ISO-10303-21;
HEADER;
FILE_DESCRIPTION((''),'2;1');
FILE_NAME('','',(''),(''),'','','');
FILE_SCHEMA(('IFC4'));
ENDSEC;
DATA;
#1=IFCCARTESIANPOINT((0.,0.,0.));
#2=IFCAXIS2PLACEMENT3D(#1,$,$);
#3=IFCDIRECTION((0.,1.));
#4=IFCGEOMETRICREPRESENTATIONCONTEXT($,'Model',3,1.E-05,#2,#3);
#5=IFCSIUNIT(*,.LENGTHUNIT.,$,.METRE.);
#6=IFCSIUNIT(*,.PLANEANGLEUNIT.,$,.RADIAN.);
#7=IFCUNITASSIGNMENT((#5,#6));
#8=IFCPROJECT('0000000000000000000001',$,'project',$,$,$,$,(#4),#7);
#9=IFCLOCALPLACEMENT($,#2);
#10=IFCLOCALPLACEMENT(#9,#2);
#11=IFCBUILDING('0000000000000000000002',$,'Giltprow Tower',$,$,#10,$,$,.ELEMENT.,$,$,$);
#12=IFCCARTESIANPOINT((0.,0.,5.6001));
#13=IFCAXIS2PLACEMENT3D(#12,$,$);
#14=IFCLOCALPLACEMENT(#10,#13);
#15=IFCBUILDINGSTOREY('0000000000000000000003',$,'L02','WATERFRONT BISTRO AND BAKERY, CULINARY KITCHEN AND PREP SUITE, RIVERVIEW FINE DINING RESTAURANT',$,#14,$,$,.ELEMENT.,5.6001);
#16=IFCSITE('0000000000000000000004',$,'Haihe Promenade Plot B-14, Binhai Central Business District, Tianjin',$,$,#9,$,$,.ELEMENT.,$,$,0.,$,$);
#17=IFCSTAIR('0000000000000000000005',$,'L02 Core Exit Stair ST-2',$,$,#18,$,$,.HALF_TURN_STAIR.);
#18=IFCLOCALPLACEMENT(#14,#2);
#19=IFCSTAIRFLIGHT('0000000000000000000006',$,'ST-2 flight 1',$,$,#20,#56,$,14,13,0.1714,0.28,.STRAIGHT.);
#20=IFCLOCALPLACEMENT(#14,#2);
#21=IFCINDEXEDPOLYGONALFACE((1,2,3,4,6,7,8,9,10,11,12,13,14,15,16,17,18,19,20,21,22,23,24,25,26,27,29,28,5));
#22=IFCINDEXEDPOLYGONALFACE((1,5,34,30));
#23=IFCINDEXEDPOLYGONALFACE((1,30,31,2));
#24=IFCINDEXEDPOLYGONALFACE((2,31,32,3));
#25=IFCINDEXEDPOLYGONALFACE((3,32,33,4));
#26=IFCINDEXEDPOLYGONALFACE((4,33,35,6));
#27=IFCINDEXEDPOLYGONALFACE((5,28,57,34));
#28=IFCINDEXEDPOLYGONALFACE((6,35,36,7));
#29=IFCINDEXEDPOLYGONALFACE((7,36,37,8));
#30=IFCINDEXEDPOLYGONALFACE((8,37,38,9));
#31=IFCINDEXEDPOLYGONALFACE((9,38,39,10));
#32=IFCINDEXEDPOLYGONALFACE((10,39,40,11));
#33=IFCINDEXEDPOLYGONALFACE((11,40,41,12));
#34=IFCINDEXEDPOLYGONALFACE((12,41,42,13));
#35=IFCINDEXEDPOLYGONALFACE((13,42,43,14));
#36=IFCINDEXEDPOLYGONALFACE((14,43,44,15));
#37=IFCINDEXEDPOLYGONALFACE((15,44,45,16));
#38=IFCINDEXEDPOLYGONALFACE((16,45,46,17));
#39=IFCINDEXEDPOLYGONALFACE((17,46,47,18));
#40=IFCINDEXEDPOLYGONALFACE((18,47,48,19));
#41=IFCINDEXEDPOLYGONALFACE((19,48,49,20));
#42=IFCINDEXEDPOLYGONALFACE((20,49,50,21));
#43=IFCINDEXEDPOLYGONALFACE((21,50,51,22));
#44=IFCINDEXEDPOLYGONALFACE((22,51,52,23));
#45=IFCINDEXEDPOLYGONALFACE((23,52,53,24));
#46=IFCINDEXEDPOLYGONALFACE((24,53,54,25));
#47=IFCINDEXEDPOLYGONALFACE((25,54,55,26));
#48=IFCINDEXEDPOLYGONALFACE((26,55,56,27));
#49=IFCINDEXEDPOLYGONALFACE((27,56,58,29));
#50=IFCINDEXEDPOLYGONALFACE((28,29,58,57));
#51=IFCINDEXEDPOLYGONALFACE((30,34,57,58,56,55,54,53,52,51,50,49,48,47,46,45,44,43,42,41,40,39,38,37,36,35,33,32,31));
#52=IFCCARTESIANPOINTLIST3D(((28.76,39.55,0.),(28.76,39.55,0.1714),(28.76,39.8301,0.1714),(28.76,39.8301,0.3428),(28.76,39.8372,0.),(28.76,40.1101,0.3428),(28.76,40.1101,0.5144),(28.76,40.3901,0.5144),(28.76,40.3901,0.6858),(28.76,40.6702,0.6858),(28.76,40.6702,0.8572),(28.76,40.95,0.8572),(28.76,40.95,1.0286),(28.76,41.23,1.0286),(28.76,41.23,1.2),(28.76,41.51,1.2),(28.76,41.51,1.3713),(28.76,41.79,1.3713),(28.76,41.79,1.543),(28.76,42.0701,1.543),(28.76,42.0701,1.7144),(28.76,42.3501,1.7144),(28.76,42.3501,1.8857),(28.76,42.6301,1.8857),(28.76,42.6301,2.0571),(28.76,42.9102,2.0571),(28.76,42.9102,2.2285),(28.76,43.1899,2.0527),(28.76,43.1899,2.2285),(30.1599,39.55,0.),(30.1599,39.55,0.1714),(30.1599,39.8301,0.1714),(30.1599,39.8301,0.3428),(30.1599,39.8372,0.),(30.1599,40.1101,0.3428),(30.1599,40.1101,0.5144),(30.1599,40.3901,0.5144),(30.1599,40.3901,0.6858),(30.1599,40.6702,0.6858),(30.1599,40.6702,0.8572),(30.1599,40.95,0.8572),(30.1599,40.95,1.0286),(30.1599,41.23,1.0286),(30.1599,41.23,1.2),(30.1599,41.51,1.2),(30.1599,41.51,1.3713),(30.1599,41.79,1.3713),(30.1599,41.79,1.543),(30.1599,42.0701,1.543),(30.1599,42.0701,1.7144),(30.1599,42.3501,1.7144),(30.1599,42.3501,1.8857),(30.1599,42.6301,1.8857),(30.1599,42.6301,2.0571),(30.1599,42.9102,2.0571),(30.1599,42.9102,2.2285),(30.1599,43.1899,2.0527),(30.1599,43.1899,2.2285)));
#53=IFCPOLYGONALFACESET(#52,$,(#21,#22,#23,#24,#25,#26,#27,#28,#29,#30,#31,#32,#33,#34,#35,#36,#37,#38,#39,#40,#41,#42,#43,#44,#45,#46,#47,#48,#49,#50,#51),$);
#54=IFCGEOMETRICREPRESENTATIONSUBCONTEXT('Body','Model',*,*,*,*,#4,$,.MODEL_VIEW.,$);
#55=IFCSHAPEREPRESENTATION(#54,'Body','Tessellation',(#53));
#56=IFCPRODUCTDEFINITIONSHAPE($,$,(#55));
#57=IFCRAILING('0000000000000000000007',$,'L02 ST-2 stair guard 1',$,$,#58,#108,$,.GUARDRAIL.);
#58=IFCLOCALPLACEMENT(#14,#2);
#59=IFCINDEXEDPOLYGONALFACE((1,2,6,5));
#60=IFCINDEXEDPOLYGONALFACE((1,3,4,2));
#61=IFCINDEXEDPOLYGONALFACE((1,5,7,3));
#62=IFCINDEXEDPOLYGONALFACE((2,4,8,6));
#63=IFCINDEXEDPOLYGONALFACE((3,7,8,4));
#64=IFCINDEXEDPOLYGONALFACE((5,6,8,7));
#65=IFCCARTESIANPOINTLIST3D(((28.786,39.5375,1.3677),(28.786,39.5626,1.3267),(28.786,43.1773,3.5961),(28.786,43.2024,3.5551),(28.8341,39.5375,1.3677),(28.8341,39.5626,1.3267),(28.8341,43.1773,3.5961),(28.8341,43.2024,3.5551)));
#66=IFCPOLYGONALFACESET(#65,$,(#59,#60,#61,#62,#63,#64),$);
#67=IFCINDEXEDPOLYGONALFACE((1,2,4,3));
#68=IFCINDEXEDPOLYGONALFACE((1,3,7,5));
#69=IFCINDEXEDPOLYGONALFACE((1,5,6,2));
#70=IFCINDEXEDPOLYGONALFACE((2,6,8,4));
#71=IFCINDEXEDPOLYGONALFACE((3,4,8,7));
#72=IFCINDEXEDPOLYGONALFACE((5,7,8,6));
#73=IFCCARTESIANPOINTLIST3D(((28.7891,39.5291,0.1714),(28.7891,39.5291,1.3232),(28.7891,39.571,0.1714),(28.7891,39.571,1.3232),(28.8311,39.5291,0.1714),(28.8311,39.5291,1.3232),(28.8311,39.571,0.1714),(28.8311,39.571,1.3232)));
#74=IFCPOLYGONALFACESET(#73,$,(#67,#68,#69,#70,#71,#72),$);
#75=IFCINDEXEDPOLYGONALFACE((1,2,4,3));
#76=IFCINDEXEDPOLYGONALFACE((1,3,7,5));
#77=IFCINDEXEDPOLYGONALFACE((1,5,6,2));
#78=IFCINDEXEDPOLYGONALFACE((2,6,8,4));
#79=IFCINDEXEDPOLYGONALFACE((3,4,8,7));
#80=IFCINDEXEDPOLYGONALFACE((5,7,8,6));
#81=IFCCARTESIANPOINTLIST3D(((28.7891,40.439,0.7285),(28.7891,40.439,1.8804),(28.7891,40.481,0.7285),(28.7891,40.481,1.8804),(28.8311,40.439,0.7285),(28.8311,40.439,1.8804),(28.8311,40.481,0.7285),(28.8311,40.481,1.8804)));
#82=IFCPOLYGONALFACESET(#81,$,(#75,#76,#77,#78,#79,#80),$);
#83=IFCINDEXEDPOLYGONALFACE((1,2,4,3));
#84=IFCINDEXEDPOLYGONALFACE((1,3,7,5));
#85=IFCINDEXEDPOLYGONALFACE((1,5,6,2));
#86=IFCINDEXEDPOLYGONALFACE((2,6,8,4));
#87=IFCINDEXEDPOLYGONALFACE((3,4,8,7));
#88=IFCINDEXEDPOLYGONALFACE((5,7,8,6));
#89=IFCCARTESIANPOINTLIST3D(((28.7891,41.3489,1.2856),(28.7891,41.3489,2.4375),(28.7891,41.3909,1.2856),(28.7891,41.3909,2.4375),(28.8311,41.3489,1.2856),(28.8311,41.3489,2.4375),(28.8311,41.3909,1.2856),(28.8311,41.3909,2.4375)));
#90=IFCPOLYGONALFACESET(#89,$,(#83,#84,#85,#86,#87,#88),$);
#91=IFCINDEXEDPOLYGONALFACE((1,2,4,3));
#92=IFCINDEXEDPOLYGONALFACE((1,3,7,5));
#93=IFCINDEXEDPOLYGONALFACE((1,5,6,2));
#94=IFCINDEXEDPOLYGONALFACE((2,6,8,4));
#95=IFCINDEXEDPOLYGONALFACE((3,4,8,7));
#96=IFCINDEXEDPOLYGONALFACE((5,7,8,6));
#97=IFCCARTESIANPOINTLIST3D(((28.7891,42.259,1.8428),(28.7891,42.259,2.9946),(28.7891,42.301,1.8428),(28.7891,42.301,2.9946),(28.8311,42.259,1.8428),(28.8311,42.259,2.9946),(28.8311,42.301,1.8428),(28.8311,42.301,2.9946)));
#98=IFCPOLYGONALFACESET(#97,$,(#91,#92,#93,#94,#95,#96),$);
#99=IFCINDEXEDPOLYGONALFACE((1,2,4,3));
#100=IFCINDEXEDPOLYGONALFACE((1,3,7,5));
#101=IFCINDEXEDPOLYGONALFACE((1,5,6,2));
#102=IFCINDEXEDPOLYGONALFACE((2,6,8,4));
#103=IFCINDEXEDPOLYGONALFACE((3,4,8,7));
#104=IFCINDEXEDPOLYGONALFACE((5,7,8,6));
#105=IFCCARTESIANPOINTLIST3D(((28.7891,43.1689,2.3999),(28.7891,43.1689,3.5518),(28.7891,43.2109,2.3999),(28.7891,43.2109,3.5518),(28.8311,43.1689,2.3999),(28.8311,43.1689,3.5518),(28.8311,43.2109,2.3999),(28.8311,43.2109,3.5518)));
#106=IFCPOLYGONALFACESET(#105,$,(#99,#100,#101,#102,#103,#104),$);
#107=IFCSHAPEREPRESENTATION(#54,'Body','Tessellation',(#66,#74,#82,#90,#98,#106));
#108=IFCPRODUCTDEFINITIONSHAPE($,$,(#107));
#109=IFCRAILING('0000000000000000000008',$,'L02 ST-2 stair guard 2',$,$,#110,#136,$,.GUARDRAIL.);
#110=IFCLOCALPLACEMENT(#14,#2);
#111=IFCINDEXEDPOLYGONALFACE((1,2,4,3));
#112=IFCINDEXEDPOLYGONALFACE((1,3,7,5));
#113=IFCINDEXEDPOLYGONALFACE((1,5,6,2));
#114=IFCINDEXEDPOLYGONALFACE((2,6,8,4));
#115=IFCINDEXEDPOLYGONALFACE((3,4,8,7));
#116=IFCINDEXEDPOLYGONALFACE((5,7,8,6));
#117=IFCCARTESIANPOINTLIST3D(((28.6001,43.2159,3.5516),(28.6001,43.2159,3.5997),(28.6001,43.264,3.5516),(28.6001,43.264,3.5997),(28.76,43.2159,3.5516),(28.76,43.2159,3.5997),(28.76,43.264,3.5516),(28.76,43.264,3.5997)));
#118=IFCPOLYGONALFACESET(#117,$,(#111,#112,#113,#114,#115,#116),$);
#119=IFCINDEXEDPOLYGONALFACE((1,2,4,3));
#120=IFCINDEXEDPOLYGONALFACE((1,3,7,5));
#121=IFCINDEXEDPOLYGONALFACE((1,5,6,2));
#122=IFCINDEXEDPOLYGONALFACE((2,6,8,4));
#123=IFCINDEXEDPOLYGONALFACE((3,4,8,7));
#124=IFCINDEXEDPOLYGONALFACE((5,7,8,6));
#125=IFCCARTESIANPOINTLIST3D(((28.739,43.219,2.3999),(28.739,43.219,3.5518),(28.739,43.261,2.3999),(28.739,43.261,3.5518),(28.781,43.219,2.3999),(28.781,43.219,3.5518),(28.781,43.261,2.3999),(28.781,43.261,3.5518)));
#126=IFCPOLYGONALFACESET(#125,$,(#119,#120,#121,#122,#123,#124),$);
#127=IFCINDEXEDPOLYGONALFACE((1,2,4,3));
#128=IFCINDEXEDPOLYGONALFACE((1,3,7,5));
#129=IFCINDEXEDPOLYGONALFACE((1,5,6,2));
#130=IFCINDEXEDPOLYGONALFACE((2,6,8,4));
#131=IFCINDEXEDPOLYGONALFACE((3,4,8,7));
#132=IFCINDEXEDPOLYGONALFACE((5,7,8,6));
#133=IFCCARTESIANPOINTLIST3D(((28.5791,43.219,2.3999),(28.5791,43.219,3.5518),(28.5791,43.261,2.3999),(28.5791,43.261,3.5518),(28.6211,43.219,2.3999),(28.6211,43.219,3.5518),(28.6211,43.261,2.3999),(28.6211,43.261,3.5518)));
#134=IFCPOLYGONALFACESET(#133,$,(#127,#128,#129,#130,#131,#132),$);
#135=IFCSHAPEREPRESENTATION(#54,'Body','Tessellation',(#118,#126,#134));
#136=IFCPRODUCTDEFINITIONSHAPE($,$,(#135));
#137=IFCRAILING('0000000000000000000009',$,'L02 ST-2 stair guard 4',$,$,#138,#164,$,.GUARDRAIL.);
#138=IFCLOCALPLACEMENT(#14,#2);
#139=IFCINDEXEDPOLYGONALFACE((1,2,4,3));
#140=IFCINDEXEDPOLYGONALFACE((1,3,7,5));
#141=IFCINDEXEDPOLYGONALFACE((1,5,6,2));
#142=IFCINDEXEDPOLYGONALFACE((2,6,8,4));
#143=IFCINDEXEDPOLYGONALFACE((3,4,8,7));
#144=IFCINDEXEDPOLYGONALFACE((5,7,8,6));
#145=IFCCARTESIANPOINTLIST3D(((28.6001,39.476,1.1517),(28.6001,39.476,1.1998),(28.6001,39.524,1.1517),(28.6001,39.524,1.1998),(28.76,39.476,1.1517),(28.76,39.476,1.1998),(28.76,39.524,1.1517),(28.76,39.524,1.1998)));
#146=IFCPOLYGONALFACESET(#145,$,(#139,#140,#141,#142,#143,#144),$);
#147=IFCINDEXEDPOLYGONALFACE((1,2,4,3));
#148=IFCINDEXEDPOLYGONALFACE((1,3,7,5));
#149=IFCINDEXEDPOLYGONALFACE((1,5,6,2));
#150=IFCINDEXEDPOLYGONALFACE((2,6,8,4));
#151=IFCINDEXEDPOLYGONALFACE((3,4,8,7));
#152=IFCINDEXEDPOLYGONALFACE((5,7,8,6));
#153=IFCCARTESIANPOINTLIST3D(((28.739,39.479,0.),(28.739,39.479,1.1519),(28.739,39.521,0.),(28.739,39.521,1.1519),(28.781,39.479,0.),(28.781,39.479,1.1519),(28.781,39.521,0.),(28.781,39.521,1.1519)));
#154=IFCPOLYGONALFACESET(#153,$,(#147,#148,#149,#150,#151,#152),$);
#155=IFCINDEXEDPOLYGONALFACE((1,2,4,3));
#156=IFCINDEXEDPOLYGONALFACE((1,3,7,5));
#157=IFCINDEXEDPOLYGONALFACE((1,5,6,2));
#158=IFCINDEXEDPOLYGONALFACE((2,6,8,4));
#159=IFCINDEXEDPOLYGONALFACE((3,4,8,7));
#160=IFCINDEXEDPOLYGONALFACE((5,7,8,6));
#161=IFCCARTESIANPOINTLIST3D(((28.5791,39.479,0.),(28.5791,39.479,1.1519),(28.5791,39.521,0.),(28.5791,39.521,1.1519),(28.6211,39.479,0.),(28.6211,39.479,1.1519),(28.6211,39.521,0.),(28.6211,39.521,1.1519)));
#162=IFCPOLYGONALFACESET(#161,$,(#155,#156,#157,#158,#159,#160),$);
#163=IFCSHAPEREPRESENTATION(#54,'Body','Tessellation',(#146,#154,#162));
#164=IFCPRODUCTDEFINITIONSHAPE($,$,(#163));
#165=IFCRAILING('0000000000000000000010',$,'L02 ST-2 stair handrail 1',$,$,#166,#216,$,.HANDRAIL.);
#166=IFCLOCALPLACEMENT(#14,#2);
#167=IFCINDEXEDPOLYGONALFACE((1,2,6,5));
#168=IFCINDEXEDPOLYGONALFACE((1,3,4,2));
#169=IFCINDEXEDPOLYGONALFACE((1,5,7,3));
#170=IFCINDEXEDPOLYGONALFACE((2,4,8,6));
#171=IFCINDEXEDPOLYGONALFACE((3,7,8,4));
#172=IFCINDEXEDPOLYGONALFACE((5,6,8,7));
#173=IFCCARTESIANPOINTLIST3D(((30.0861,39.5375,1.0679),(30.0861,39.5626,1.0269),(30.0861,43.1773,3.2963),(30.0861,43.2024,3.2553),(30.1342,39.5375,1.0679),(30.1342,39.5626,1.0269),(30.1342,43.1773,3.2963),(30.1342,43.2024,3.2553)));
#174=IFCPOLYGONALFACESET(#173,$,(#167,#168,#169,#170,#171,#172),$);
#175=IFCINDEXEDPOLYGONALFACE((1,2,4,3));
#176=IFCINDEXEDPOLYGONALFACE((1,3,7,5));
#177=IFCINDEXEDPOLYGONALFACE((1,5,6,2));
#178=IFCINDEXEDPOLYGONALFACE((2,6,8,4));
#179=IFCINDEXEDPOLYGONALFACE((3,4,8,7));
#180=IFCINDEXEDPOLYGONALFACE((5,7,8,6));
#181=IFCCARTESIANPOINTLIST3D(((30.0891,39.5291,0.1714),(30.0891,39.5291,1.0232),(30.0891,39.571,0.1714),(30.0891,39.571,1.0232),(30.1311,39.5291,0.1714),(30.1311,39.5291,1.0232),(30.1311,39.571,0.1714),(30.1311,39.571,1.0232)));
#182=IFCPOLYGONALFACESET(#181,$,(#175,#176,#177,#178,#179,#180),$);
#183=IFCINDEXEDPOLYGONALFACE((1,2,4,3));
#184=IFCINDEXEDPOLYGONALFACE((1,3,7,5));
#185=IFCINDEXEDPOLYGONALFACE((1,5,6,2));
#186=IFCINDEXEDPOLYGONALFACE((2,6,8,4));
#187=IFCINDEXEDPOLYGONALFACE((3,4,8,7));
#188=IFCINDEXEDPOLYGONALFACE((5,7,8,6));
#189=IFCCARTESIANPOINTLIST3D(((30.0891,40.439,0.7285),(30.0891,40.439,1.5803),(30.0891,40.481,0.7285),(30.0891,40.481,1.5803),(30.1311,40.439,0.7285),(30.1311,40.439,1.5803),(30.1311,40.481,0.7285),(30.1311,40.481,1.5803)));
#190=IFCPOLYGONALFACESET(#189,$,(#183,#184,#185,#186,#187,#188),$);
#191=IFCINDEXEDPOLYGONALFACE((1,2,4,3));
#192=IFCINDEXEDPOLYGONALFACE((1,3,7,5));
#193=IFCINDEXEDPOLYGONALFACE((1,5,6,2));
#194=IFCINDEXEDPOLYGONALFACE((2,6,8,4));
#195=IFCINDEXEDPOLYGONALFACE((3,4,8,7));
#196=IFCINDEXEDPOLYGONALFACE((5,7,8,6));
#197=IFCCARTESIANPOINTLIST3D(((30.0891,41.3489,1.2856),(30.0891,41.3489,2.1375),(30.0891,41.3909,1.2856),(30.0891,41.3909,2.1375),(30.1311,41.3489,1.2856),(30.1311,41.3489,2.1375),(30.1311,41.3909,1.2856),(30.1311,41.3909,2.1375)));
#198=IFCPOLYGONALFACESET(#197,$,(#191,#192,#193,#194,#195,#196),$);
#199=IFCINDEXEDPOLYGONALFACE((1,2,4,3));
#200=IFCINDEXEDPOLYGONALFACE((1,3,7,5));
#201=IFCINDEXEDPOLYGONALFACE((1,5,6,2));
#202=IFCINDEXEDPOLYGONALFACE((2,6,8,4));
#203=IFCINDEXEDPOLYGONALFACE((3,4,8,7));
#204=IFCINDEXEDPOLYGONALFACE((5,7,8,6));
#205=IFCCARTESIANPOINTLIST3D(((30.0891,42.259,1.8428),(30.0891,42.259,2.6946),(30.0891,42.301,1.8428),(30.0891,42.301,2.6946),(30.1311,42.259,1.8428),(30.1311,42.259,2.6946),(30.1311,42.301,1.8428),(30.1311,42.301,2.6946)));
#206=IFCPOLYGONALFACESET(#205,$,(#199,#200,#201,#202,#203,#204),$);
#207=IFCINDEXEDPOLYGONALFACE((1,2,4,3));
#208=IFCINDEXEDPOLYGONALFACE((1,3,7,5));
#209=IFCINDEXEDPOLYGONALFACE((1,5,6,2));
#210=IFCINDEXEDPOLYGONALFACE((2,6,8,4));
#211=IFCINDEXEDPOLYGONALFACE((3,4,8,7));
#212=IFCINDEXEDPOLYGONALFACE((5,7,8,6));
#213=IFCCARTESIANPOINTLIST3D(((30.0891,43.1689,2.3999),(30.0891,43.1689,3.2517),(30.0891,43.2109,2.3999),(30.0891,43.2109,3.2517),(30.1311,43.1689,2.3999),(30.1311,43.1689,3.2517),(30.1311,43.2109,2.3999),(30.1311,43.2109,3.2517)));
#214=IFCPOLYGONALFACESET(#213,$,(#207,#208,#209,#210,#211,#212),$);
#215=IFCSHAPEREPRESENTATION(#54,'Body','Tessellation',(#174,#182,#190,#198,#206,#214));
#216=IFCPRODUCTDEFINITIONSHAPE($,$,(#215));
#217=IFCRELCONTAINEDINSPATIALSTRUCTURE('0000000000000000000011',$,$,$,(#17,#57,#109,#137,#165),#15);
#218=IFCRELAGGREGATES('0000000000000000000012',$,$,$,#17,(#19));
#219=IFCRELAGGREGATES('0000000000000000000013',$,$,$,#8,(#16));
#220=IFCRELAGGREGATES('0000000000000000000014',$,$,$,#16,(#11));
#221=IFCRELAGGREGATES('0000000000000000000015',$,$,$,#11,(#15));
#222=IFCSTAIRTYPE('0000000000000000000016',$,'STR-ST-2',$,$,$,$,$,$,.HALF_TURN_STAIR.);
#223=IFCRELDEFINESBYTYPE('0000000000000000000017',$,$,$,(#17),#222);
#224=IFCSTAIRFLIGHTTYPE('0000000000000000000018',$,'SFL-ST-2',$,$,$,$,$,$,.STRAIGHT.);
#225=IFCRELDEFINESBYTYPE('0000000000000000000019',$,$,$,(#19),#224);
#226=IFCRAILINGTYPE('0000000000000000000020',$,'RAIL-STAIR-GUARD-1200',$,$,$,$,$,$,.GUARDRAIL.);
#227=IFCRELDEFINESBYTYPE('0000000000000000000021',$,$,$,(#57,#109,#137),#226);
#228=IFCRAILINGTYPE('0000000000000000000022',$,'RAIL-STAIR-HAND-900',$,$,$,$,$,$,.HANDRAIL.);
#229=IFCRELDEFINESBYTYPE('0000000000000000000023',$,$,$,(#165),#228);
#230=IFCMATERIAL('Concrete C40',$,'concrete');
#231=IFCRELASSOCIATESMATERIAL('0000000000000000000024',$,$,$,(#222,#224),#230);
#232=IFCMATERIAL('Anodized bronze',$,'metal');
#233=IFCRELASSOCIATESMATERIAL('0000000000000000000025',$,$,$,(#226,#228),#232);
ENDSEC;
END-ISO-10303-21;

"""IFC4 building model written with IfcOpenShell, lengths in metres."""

from ifc_helpers import new_model, si_unit, direction, frame, origin, origin_2d, place, context, subcontext, project, spatial, polyline, rectangle, outline, extrude, material, type_object, element, aggregate, save


model = new_model("IFC4")

# Units and contexts
model_context = context("Model", 3, precision=1e-05, world=origin(), true_north=direction((0.0, 1.0)))
body_context = subcontext(model_context, "Body", "Model", "MODEL_VIEW")
ifc_project = project(units=[si_unit("LENGTHUNIT", "METRE"), si_unit("PLANEANGLEUNIT", "RADIAN")], contexts=[model_context])

# Site, building, storey
site_placement = place(None, origin())
site = spatial("IfcSite", under=ifc_project, at=site_placement, Name="Haihe Promenade Plot B-14, Binhai Central Business District, Tianjin", CompositionType="ELEMENT", RefElevation=0.0)
building_placement = place(site_placement, origin())
building = spatial("IfcBuilding", under=site, at=building_placement, Name="Giltprow Tower", CompositionType="ELEMENT")
storey_placement = place(building_placement, frame((0.0, 0.0, 5.6001)))
storey = spatial("IfcBuildingStorey", under=building, at=storey_placement, Name="L02", Description="WATERFRONT BISTRO AND BAKERY, CULINARY KITCHEN AND PREP SUITE, RIVERVIEW FINE DINING RESTAURANT", CompositionType="ELEMENT", Elevation=5.6001)

# Shared definitions
ifc_material_1 = material(Name="Concrete C40", Category="concrete")

# Stair, stair flight
stair_type = type_object("IfcStairType", Name="STR-ST-2", PredefinedType="HALF_TURN_STAIR", material=ifc_material_1)
stair_placement = place(storey_placement, origin())
stair = element("IfcStair", 1, at=stair_placement, inside=storey, type_object=stair_type, Name="L02 Core Exit Stair ST-2", PredefinedType="HALF_TURN_STAIR")
stair_flight_type = type_object("IfcStairFlightType", Name="SFL-ST-2", PredefinedType="STRAIGHT", material=ifc_material_1)
stair_flight_placement = place(storey_placement, frame((29.46, 39.55, 0.0), z_axis=(0.0, 0.0, 1.0), x_axis=(0.0, 1.0, 0.0)))
stair_flight = element("IfcStairFlight", 2, at=stair_flight_placement, type_object=stair_flight_type, Name="ST-2 flight 1", NumberOfRisers=14, NumberOfTreads=13, PredefinedType="STRAIGHT", RiserHeight=0.1714, TreadLength=0.28, context=body_context, shape_type="SweptSolid", body=[
    extrude(outline(polyline([(0.0, 0.0), (0.0, 0.1714), (0.28, 0.1714), (0.28, 0.3428), (0.5601, 0.3428), (0.5601, 0.5144), (0.8401, 0.5144), (0.8401, 0.6858), (1.1201, 0.6858), (1.1201, 0.8572), (1.3999, 0.8572), (1.3999, 1.0286), (1.6799, 1.0286), (1.6799, 1.2), (1.96, 1.2), (1.96, 1.3713), (2.24, 1.3713), (2.24, 1.543), (2.52, 1.543), (2.52, 1.7144), (2.8, 1.7144), (2.8, 1.8857), (3.0801, 1.8857), (3.0801, 2.0571), (3.3601, 2.0571), (3.3601, 2.2285), (3.6399, 2.2285), (3.6399, 2.3999), (3.6399, 2.0527), (0.2871, 0.0), (0.0, 0.0)])), frame((0.0, 0.7, 0.0), z_axis=(0.0, -1.0, 0.0), x_axis=(1.0, 0.0, 0.0)), (0.0, 0.0, 1.0), 1.3999),
])
aggregate(stair, [stair_flight])

# Railings
ifc_material_2 = material(Name="Anodized bronze", Category="metal")
railing_type_1 = type_object("IfcRailingType", Name="RAIL-STAIR-GUARD-1200", PredefinedType="GUARDRAIL", material=ifc_material_2)
railing_1_placement = place(storey_placement, frame((28.8101, 39.55, 0.1714)))
element("IfcRailing", 3, at=railing_1_placement, inside=storey, type_object=railing_type_1, Name="L02 ST-2 stair guard 1", PredefinedType="GUARDRAIL", context=body_context, shape_type="SweptSolid", body=[
    extrude(rectangle(XDim=0.0481, YDim=0.0481, at=origin_2d()), frame((0.0, 0.0, 1.1758), z_axis=(0.0, 0.85285, 0.522156), x_axis=(-1.0, 0.0, 0.0)), (0.0, 0.0, 1.0), 4.2678),
    extrude(rectangle(XDim=0.042, YDim=0.042, at=origin_2d()), origin(), (0.0, 0.0, 1.0), 1.1519),
    extrude(rectangle(XDim=0.042, YDim=0.042, at=origin_2d()), frame((0.0, 0.9099, 0.5571)), (0.0, 0.0, 1.0), 1.1519),
    extrude(rectangle(XDim=0.042, YDim=0.042, at=origin_2d()), frame((0.0, 1.8198, 1.1143)), (0.0, 0.0, 1.0), 1.1519),
    extrude(rectangle(XDim=0.042, YDim=0.042, at=origin_2d()), frame((0.0, 2.73, 1.6714)), (0.0, 0.0, 1.0), 1.1519),
    extrude(rectangle(XDim=0.042, YDim=0.042, at=origin_2d()), frame((0.0, 3.6399, 2.2285)), (0.0, 0.0, 1.0), 1.1519),
])
for number, where, name in (
    (4, (28.76, 43.24, 2.3999), "L02 ST-2 stair guard 2"),
    (5, (28.76, 39.5, 0.0), "L02 ST-2 stair guard 4"),
):
    element("IfcRailing", number, at=place(storey_placement, frame(where)), inside=storey, type_object=railing_type_1, Name=name, PredefinedType="GUARDRAIL", context=body_context, shape_type="SweptSolid", body=[
        extrude(rectangle(XDim=0.0481, YDim=0.0481, at=origin_2d()), frame((0.0, 0.0, 1.1758), z_axis=(-1.0, 0.0, 0.0), x_axis=(0.0, -1.0, 0.0)), (0.0, 0.0, 1.0), 0.1599),
        extrude(rectangle(XDim=0.042, YDim=0.042, at=origin_2d()), origin(), (0.0, 0.0, 1.0), 1.1519),
        extrude(rectangle(XDim=0.042, YDim=0.042, at=origin_2d()), frame((-0.1599, 0.0, 0.0)), (0.0, 0.0, 1.0), 1.1519),
    ])
railing_type_2 = type_object("IfcRailingType", Name="RAIL-STAIR-HAND-900", PredefinedType="HANDRAIL", material=ifc_material_2)
railing_2_placement = place(storey_placement, frame((30.1101, 39.55, 0.1714)))
element("IfcRailing", 6, at=railing_2_placement, inside=storey, type_object=railing_type_2, Name="L02 ST-2 stair handrail 1", PredefinedType="HANDRAIL", context=body_context, shape_type="SweptSolid", body=[
    extrude(rectangle(XDim=0.0481, YDim=0.0481, at=origin_2d()), frame((0.0, 0.0, 0.876), z_axis=(0.0, 0.85285, 0.522156), x_axis=(-1.0, 0.0, 0.0)), (0.0, 0.0, 1.0), 4.2678),
    extrude(rectangle(XDim=0.042, YDim=0.042, at=origin_2d()), origin(), (0.0, 0.0, 1.0), 0.8518),
    extrude(rectangle(XDim=0.042, YDim=0.042, at=origin_2d()), frame((0.0, 0.9099, 0.5571)), (0.0, 0.0, 1.0), 0.8518),
    extrude(rectangle(XDim=0.042, YDim=0.042, at=origin_2d()), frame((0.0, 1.8198, 1.1143)), (0.0, 0.0, 1.0), 0.8518),
    extrude(rectangle(XDim=0.042, YDim=0.042, at=origin_2d()), frame((0.0, 2.73, 1.6714)), (0.0, 0.0, 1.0), 0.8518),
    extrude(rectangle(XDim=0.042, YDim=0.042, at=origin_2d()), frame((0.0, 3.6399, 2.2285)), (0.0, 0.0, 1.0), 0.8518),
])

save(model, "model.ifc")
